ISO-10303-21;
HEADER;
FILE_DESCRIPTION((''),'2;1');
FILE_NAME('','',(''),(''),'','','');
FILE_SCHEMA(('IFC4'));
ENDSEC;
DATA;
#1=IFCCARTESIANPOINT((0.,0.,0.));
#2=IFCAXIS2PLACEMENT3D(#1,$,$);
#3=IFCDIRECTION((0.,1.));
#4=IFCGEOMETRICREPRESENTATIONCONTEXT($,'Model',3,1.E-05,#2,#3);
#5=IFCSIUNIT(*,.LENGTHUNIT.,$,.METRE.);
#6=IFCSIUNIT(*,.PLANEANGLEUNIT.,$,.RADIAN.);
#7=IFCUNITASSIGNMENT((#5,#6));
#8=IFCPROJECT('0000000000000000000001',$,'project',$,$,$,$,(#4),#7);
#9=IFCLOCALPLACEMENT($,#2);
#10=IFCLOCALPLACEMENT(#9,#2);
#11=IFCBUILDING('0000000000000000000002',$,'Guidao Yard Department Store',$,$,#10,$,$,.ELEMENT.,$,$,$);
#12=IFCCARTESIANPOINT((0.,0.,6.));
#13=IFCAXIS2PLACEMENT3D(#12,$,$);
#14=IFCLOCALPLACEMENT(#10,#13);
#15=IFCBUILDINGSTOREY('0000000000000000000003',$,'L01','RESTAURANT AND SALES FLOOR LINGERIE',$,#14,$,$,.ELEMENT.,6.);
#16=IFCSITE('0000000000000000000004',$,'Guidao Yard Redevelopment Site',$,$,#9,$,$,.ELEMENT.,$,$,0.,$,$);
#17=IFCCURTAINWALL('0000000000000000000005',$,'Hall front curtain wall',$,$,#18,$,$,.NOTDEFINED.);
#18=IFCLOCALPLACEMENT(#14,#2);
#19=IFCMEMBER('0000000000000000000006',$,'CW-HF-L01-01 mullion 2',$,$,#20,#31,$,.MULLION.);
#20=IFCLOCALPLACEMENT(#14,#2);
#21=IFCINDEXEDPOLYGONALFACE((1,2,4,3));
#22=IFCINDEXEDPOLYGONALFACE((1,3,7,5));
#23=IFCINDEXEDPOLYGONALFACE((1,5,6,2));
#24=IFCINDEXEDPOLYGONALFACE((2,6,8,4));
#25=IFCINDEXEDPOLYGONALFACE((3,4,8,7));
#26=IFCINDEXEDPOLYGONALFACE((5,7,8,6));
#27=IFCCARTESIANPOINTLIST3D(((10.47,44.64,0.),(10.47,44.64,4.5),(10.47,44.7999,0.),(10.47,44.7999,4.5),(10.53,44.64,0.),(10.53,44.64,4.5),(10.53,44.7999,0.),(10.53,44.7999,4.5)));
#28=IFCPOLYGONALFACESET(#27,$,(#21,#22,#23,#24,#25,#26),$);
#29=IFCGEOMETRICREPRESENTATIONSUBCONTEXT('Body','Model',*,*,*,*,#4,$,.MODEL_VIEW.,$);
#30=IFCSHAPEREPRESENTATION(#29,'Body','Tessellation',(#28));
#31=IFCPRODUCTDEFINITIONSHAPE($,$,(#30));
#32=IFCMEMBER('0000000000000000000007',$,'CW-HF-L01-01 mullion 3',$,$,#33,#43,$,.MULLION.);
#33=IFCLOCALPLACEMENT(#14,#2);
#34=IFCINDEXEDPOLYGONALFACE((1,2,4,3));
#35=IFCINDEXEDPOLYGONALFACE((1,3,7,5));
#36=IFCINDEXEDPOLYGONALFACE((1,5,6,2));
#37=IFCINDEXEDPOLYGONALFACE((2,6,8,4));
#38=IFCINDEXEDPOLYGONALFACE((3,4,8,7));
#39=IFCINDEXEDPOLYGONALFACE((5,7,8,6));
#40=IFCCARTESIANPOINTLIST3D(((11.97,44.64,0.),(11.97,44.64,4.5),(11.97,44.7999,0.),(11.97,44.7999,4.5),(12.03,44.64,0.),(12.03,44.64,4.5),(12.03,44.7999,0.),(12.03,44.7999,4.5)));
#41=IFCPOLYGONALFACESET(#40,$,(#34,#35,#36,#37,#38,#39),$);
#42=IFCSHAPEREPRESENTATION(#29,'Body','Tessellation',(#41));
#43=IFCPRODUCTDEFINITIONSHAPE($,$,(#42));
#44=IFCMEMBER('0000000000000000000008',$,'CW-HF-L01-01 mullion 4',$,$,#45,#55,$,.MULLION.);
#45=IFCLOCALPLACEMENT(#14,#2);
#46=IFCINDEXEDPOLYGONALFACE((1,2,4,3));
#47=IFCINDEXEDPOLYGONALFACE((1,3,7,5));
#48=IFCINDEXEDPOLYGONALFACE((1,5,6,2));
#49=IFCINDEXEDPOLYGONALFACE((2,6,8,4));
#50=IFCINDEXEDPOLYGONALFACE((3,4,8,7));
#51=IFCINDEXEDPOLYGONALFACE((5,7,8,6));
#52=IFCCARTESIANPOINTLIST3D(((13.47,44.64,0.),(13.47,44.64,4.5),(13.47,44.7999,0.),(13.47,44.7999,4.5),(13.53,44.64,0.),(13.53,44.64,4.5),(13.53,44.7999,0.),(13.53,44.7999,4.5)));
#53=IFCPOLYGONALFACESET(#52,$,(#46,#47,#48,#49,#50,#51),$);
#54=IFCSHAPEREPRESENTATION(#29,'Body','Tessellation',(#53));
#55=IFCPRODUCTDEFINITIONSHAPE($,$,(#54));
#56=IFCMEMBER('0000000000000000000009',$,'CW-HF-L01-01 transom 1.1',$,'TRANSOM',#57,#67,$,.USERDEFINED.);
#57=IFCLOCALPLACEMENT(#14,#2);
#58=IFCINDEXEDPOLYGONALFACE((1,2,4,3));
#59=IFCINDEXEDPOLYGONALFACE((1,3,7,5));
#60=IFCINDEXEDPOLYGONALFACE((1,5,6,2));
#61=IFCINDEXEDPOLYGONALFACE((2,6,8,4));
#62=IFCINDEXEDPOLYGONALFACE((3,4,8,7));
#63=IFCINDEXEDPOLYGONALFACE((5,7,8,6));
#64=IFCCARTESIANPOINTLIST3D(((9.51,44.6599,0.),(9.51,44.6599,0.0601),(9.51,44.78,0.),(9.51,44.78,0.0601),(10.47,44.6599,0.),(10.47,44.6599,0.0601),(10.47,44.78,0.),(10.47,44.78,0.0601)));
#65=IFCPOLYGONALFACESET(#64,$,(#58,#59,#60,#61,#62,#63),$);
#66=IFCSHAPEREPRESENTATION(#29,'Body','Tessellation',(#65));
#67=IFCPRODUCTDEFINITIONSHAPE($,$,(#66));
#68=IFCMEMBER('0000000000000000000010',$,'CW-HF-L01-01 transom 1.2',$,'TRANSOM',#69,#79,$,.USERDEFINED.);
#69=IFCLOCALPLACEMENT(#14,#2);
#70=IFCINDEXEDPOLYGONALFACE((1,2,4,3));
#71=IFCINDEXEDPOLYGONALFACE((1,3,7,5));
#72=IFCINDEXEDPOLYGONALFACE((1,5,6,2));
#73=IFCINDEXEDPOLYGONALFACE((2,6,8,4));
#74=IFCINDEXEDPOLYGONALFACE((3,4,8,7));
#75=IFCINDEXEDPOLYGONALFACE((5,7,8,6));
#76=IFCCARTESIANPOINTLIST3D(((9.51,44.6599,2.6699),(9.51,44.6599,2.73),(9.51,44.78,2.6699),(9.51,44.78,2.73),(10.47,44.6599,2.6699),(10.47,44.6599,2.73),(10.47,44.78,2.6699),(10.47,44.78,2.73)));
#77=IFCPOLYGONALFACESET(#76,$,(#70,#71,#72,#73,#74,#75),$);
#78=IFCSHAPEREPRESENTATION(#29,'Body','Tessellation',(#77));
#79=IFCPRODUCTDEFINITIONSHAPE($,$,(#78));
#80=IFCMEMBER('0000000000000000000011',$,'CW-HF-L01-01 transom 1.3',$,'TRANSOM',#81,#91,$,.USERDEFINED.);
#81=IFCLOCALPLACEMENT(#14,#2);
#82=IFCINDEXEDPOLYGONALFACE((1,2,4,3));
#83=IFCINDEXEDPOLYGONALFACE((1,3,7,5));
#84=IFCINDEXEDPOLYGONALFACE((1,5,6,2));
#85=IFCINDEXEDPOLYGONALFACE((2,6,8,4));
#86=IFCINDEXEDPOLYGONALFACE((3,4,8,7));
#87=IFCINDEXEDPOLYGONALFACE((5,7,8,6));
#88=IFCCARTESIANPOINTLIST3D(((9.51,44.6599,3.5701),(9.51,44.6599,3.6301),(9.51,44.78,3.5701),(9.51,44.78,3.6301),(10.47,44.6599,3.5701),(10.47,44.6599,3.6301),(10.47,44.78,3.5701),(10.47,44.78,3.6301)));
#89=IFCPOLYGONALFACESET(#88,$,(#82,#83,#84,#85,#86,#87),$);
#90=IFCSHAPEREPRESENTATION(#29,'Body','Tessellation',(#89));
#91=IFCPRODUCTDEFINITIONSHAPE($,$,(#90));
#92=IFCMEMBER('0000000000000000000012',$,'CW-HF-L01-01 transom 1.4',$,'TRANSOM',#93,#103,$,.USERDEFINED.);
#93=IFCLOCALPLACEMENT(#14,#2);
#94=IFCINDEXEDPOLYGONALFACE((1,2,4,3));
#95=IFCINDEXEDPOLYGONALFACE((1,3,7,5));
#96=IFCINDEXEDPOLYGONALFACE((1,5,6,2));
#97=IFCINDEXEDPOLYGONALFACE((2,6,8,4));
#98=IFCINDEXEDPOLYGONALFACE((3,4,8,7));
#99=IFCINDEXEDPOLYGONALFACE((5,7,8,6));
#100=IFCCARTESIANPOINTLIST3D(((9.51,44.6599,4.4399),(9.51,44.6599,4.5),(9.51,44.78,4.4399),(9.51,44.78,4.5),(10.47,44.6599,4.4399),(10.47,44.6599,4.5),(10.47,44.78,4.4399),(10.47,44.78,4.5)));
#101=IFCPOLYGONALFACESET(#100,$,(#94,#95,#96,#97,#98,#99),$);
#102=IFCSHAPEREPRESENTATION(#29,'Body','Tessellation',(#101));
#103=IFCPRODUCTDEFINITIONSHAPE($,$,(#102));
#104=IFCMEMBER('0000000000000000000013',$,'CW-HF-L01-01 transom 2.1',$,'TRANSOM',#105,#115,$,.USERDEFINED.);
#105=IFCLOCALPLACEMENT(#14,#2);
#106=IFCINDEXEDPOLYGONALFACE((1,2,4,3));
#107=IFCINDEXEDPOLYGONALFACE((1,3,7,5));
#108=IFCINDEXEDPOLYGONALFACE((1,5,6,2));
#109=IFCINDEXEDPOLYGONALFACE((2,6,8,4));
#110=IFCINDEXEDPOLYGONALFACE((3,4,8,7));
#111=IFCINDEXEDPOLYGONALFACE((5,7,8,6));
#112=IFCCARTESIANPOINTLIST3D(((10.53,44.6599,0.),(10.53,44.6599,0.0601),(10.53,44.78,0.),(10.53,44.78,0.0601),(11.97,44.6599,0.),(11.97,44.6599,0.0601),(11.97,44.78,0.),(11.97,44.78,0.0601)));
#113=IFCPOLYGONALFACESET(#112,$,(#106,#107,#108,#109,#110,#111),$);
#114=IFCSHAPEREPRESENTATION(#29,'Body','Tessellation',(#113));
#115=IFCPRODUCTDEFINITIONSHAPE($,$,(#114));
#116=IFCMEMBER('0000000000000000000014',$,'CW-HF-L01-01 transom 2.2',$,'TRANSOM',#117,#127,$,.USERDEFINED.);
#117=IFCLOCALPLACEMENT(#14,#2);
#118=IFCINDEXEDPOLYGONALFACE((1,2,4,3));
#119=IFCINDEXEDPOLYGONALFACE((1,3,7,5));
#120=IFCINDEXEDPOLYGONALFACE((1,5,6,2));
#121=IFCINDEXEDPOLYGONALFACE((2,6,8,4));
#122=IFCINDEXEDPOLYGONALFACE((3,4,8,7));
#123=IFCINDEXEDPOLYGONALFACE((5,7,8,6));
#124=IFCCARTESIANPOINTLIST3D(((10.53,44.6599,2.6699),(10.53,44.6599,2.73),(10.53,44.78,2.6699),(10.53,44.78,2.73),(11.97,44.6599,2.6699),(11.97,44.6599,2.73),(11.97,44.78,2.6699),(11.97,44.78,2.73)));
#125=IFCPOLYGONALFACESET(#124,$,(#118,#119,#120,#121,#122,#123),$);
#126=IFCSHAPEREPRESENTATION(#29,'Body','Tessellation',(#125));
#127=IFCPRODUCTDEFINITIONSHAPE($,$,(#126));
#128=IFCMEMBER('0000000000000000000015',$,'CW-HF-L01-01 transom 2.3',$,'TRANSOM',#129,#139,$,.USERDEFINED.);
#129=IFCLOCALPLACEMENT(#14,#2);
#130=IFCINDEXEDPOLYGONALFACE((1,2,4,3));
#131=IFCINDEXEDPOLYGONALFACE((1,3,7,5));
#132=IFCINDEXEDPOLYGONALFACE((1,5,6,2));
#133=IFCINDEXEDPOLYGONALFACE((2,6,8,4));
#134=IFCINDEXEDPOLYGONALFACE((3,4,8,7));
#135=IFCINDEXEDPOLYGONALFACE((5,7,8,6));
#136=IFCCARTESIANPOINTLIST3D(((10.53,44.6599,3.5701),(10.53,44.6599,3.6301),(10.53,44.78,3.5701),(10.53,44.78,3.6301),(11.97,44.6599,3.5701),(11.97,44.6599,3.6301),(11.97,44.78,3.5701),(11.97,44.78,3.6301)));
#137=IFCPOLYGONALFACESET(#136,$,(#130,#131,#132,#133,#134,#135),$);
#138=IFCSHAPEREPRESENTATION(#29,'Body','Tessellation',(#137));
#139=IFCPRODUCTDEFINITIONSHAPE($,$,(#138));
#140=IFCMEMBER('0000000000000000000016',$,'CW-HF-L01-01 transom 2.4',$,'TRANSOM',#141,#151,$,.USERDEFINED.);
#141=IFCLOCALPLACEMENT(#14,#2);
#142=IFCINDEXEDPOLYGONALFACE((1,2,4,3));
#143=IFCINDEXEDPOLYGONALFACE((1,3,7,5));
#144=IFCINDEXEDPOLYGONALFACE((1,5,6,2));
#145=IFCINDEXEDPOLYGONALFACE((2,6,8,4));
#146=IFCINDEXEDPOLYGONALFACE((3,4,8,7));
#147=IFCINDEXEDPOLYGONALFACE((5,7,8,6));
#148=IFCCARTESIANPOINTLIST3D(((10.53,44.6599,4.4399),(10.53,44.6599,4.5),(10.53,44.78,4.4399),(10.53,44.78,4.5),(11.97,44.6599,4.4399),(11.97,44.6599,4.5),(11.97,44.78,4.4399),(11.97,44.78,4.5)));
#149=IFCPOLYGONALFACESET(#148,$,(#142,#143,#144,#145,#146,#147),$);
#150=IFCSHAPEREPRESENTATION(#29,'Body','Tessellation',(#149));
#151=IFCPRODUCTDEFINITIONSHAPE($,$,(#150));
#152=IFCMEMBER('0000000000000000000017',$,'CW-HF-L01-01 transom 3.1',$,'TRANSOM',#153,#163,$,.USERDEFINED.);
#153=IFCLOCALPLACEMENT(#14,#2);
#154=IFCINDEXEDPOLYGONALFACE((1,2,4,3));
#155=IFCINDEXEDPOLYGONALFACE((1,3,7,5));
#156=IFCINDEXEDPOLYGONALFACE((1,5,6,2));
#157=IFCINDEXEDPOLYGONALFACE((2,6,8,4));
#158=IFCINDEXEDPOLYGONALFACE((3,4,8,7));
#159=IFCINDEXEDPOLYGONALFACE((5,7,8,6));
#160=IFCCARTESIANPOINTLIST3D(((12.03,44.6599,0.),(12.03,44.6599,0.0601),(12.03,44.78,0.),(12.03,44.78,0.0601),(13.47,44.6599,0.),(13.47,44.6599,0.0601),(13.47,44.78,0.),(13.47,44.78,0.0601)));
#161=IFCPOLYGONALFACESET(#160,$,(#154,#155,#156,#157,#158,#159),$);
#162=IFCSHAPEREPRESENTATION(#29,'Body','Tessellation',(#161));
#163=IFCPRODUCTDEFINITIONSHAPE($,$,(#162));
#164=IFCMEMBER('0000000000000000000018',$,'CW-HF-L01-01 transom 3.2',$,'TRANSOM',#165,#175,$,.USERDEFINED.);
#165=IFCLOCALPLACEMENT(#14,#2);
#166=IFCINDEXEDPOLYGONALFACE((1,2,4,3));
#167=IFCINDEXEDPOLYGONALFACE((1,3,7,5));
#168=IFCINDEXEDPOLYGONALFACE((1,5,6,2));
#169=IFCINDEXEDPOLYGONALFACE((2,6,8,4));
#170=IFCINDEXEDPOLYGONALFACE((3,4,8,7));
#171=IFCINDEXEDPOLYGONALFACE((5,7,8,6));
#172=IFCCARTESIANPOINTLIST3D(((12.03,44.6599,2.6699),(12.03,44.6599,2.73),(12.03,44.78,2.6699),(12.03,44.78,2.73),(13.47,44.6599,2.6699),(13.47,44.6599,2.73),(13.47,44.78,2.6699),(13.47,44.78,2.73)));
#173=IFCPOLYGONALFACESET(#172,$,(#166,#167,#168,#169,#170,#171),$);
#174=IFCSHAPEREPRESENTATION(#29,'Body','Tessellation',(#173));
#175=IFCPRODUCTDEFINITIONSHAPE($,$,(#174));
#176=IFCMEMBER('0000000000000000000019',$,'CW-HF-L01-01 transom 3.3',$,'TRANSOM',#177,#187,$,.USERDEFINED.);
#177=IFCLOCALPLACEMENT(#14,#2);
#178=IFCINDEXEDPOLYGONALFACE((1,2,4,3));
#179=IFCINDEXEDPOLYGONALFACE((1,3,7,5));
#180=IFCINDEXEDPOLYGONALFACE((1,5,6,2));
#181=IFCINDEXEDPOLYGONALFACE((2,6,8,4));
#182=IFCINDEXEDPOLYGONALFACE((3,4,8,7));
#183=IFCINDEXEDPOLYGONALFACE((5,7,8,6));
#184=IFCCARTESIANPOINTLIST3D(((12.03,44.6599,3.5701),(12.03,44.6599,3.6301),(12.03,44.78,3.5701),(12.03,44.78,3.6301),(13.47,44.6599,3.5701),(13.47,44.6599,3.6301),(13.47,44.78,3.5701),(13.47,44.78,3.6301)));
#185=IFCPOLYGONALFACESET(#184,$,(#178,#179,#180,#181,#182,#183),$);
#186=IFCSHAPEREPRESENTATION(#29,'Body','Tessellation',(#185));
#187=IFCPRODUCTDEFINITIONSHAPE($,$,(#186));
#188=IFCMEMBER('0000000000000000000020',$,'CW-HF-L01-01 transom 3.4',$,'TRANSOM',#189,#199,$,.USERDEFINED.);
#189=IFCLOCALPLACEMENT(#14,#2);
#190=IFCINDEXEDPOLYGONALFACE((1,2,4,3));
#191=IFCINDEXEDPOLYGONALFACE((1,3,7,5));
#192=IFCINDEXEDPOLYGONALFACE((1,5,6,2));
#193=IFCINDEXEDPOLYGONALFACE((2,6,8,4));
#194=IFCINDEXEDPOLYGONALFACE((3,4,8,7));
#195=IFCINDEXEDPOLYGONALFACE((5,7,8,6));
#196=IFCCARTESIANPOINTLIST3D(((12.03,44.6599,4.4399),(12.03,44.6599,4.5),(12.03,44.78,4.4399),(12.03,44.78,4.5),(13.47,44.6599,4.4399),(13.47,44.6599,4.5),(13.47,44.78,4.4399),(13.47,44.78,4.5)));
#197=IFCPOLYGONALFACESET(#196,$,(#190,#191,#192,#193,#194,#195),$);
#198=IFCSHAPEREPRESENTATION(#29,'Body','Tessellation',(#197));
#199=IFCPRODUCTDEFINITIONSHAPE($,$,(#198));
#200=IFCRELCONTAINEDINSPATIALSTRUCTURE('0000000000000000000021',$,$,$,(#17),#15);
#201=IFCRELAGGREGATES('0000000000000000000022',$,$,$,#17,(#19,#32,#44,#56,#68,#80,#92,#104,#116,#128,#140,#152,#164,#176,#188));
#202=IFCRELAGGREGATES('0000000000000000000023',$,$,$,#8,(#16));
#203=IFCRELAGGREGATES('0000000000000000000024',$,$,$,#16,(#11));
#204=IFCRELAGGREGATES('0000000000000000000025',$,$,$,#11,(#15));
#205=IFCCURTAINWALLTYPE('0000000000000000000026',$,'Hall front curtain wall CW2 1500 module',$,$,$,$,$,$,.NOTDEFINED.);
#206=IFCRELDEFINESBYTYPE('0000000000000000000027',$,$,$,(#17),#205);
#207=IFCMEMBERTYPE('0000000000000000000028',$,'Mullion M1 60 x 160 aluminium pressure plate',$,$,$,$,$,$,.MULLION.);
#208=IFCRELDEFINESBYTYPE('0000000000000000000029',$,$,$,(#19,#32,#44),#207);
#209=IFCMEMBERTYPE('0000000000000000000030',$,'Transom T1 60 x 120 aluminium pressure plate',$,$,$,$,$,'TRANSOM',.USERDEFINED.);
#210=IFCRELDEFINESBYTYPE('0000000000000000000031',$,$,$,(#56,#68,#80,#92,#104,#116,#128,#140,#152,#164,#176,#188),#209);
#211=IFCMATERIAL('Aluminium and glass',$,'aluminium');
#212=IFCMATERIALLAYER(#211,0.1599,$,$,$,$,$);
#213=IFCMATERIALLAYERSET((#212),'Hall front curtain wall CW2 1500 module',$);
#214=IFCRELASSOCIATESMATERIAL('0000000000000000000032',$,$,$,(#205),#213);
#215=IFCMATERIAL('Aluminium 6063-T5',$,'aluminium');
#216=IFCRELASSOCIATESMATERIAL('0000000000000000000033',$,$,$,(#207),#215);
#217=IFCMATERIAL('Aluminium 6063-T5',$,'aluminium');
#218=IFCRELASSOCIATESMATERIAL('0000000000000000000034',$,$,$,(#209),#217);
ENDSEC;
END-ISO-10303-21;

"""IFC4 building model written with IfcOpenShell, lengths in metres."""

from ifc_helpers import new_model, si_unit, direction, frame, origin, origin_2d, place, context, subcontext, project, spatial, rectangle, extrude, material, layer, layer_set, material_profile, profile_set, type_object, element, aggregate, save


model = new_model("IFC4")

# Units and contexts
model_context = context("Model", 3, precision=1e-05, world=origin(), true_north=direction((0.0, 1.0)))
body_context = subcontext(model_context, "Body", "Model", "MODEL_VIEW")
ifc_project = project(units=[si_unit("LENGTHUNIT", "METRE"), si_unit("PLANEANGLEUNIT", "RADIAN")], contexts=[model_context])

# Site, building, storey
site_placement = place(None, origin())
site = spatial("IfcSite", under=ifc_project, at=site_placement, Name="Guidao Yard Redevelopment Site", CompositionType="ELEMENT", RefElevation=0.0)
building_placement = place(site_placement, origin())
building = spatial("IfcBuilding", under=site, at=building_placement, Name="Guidao Yard Department Store", CompositionType="ELEMENT")
storey_placement = place(building_placement, frame((0.0, 0.0, 6.0)))
storey = spatial("IfcBuildingStorey", under=building, at=storey_placement, Name="L01", Description="RESTAURANT AND SALES FLOOR LINGERIE", CompositionType="ELEMENT", Elevation=6.0)

# Curtain wall, members
ifc_material_1 = material(Name="Aluminium and glass", Category="aluminium")
ifc_layer_1 = layer(ifc_material_1, 0.1599)
ifc_layer_set_1 = layer_set([ifc_layer_1], Name="Hall front curtain wall CW2 1500 module")
curtain_wall_type = type_object("IfcCurtainWallType", Name="Hall front curtain wall CW2 1500 module", PredefinedType="NOTDEFINED", material=ifc_layer_set_1)
curtain_wall_placement = place(storey_placement, origin())
curtain_wall = element("IfcCurtainWall", 1, at=curtain_wall_placement, inside=storey, type_object=curtain_wall_type, Name="Hall front curtain wall", PredefinedType="NOTDEFINED")
ifc_material_2 = material(Name="Aluminium 6063-T5", Category="aluminium")
ifc_material_profile_1 = material_profile(ifc_material_2, rectangle(XDim=0.0601, YDim=0.1599, at=origin_2d()), Name="Mullion M1 60 x 160 aluminium pressure plate")
ifc_profile_set_1 = profile_set([ifc_material_profile_1], Name="Aluminium 6063-T5")
member_type_1 = type_object("IfcMemberType", Name="Mullion M1 60 x 160 aluminium pressure plate", PredefinedType="MULLION", material=ifc_profile_set_1)
member_1_placement = place(storey_placement, frame((10.5, 44.72, 0.0), z_axis=(0.0, 0.0, 1.0), x_axis=(-1.0, 0.0, 0.0)))
member_1 = element("IfcMember", 2, at=member_1_placement, type_object=member_type_1, Name="CW-HF-L01-01 mullion 2", PredefinedType="MULLION", context=body_context, shape_type="SweptSolid", body=[
    extrude(rectangle(XDim=0.0601, YDim=0.1599, at=origin_2d()), origin(), (0.0, 0.0, 1.0), 4.5),
])
member_2_placement = place(storey_placement, frame((12.0, 44.72, 0.0), z_axis=(0.0, 0.0, 1.0), x_axis=(-1.0, 0.0, 0.0)))
member_2 = element("IfcMember", 3, at=member_2_placement, type_object=member_type_1, Name="CW-HF-L01-01 mullion 3", PredefinedType="MULLION", context=body_context, shape_type="SweptSolid", body=[
    extrude(rectangle(XDim=0.0601, YDim=0.1599, at=origin_2d()), origin(), (0.0, 0.0, 1.0), 4.5),
])
member_3_placement = place(storey_placement, frame((13.5, 44.72, 0.0), z_axis=(0.0, 0.0, 1.0), x_axis=(-1.0, 0.0, 0.0)))
member_3 = element("IfcMember", 4, at=member_3_placement, type_object=member_type_1, Name="CW-HF-L01-01 mullion 4", PredefinedType="MULLION", context=body_context, shape_type="SweptSolid", body=[
    extrude(rectangle(XDim=0.0601, YDim=0.1599, at=origin_2d()), origin(), (0.0, 0.0, 1.0), 4.5),
])
ifc_material_3 = material(Name="Aluminium 6063-T5", Category="aluminium")
ifc_material_profile_2 = material_profile(ifc_material_3, rectangle(XDim=0.1201, YDim=0.0601, at=origin_2d()), Name="Transom T1 60 x 120 aluminium pressure plate")
ifc_profile_set_2 = profile_set([ifc_material_profile_2], Name="Aluminium 6063-T5")
member_type_2 = type_object("IfcMemberType", Name="Transom T1 60 x 120 aluminium pressure plate", ElementType="TRANSOM", PredefinedType="USERDEFINED", material=ifc_profile_set_2)
member_4_placement = place(storey_placement, frame((10.47, 44.72, 0.03), z_axis=(-1.0, 0.0, 0.0), x_axis=(0.0, -1.0, 0.0)))
member_4 = element("IfcMember", 5, at=member_4_placement, type_object=member_type_2, Name="CW-HF-L01-01 transom 1.1", ObjectType="TRANSOM", PredefinedType="USERDEFINED", context=body_context, shape_type="SweptSolid", body=[
    extrude(rectangle(XDim=0.1201, YDim=0.0601, at=origin_2d()), origin(), (0.0, 0.0, 1.0), 0.96),
])
member_5_placement = place(storey_placement, frame((10.47, 44.72, 2.7), z_axis=(-1.0, 0.0, 0.0), x_axis=(0.0, -1.0, 0.0)))
member_5 = element("IfcMember", 6, at=member_5_placement, type_object=member_type_2, Name="CW-HF-L01-01 transom 1.2", ObjectType="TRANSOM", PredefinedType="USERDEFINED", context=body_context, shape_type="SweptSolid", body=[
    extrude(rectangle(XDim=0.1201, YDim=0.0601, at=origin_2d()), origin(), (0.0, 0.0, 1.0), 0.96),
])
member_6_placement = place(storey_placement, frame((10.47, 44.72, 3.6001), z_axis=(-1.0, 0.0, 0.0), x_axis=(0.0, -1.0, 0.0)))
member_6 = element("IfcMember", 7, at=member_6_placement, type_object=member_type_2, Name="CW-HF-L01-01 transom 1.3", ObjectType="TRANSOM", PredefinedType="USERDEFINED", context=body_context, shape_type="SweptSolid", body=[
    extrude(rectangle(XDim=0.1201, YDim=0.0601, at=origin_2d()), origin(), (0.0, 0.0, 1.0), 0.96),
])
member_7_placement = place(storey_placement, frame((10.47, 44.72, 4.47), z_axis=(-1.0, 0.0, 0.0), x_axis=(0.0, -1.0, 0.0)))
member_7 = element("IfcMember", 8, at=member_7_placement, type_object=member_type_2, Name="CW-HF-L01-01 transom 1.4", ObjectType="TRANSOM", PredefinedType="USERDEFINED", context=body_context, shape_type="SweptSolid", body=[
    extrude(rectangle(XDim=0.1201, YDim=0.0601, at=origin_2d()), origin(), (0.0, 0.0, 1.0), 0.96),
])
member_8_placement = place(storey_placement, frame((11.97, 44.72, 0.03), z_axis=(-1.0, 0.0, 0.0), x_axis=(0.0, -1.0, 0.0)))
member_8 = element("IfcMember", 9, at=member_8_placement, type_object=member_type_2, Name="CW-HF-L01-01 transom 2.1", ObjectType="TRANSOM", PredefinedType="USERDEFINED", context=body_context, shape_type="SweptSolid", body=[
    extrude(rectangle(XDim=0.1201, YDim=0.0601, at=origin_2d()), origin(), (0.0, 0.0, 1.0), 1.4399),
])
member_9_placement = place(storey_placement, frame((11.97, 44.72, 2.7), z_axis=(-1.0, 0.0, 0.0), x_axis=(0.0, -1.0, 0.0)))
member_9 = element("IfcMember", 10, at=member_9_placement, type_object=member_type_2, Name="CW-HF-L01-01 transom 2.2", ObjectType="TRANSOM", PredefinedType="USERDEFINED", context=body_context, shape_type="SweptSolid", body=[
    extrude(rectangle(XDim=0.1201, YDim=0.0601, at=origin_2d()), origin(), (0.0, 0.0, 1.0), 1.4399),
])
member_10_placement = place(storey_placement, frame((11.97, 44.72, 3.6001), z_axis=(-1.0, 0.0, 0.0), x_axis=(0.0, -1.0, 0.0)))
member_10 = element("IfcMember", 11, at=member_10_placement, type_object=member_type_2, Name="CW-HF-L01-01 transom 2.3", ObjectType="TRANSOM", PredefinedType="USERDEFINED", context=body_context, shape_type="SweptSolid", body=[
    extrude(rectangle(XDim=0.1201, YDim=0.0601, at=origin_2d()), origin(), (0.0, 0.0, 1.0), 1.4399),
])
member_11_placement = place(storey_placement, frame((11.97, 44.72, 4.47), z_axis=(-1.0, 0.0, 0.0), x_axis=(0.0, -1.0, 0.0)))
member_11 = element("IfcMember", 12, at=member_11_placement, type_object=member_type_2, Name="CW-HF-L01-01 transom 2.4", ObjectType="TRANSOM", PredefinedType="USERDEFINED", context=body_context, shape_type="SweptSolid", body=[
    extrude(rectangle(XDim=0.1201, YDim=0.0601, at=origin_2d()), origin(), (0.0, 0.0, 1.0), 1.4399),
])
member_12_placement = place(storey_placement, frame((13.47, 44.72, 0.03), z_axis=(-1.0, 0.0, 0.0), x_axis=(0.0, -1.0, 0.0)))
member_12 = element("IfcMember", 13, at=member_12_placement, type_object=member_type_2, Name="CW-HF-L01-01 transom 3.1", ObjectType="TRANSOM", PredefinedType="USERDEFINED", context=body_context, shape_type="SweptSolid", body=[
    extrude(rectangle(XDim=0.1201, YDim=0.0601, at=origin_2d()), origin(), (0.0, 0.0, 1.0), 1.4399),
])
member_13_placement = place(storey_placement, frame((13.47, 44.72, 2.7), z_axis=(-1.0, 0.0, 0.0), x_axis=(0.0, -1.0, 0.0)))
member_13 = element("IfcMember", 14, at=member_13_placement, type_object=member_type_2, Name="CW-HF-L01-01 transom 3.2", ObjectType="TRANSOM", PredefinedType="USERDEFINED", context=body_context, shape_type="SweptSolid", body=[
    extrude(rectangle(XDim=0.1201, YDim=0.0601, at=origin_2d()), origin(), (0.0, 0.0, 1.0), 1.4399),
])
member_14_placement = place(storey_placement, frame((13.47, 44.72, 3.6001), z_axis=(-1.0, 0.0, 0.0), x_axis=(0.0, -1.0, 0.0)))
member_14 = element("IfcMember", 15, at=member_14_placement, type_object=member_type_2, Name="CW-HF-L01-01 transom 3.3", ObjectType="TRANSOM", PredefinedType="USERDEFINED", context=body_context, shape_type="SweptSolid", body=[
    extrude(rectangle(XDim=0.1201, YDim=0.0601, at=origin_2d()), origin(), (0.0, 0.0, 1.0), 1.4399),
])
member_15_placement = place(storey_placement, frame((13.47, 44.72, 4.47), z_axis=(-1.0, 0.0, 0.0), x_axis=(0.0, -1.0, 0.0)))
member_15 = element("IfcMember", 16, at=member_15_placement, type_object=member_type_2, Name="CW-HF-L01-01 transom 3.4", ObjectType="TRANSOM", PredefinedType="USERDEFINED", context=body_context, shape_type="SweptSolid", body=[
    extrude(rectangle(XDim=0.1201, YDim=0.0601, at=origin_2d()), origin(), (0.0, 0.0, 1.0), 1.4399),
])
aggregate(curtain_wall, [member_1, member_2, member_3, member_4, member_5, member_6, member_7, member_8, member_9, member_10, member_11, member_12, member_13, member_14, member_15])

save(model, "model.ifc")
